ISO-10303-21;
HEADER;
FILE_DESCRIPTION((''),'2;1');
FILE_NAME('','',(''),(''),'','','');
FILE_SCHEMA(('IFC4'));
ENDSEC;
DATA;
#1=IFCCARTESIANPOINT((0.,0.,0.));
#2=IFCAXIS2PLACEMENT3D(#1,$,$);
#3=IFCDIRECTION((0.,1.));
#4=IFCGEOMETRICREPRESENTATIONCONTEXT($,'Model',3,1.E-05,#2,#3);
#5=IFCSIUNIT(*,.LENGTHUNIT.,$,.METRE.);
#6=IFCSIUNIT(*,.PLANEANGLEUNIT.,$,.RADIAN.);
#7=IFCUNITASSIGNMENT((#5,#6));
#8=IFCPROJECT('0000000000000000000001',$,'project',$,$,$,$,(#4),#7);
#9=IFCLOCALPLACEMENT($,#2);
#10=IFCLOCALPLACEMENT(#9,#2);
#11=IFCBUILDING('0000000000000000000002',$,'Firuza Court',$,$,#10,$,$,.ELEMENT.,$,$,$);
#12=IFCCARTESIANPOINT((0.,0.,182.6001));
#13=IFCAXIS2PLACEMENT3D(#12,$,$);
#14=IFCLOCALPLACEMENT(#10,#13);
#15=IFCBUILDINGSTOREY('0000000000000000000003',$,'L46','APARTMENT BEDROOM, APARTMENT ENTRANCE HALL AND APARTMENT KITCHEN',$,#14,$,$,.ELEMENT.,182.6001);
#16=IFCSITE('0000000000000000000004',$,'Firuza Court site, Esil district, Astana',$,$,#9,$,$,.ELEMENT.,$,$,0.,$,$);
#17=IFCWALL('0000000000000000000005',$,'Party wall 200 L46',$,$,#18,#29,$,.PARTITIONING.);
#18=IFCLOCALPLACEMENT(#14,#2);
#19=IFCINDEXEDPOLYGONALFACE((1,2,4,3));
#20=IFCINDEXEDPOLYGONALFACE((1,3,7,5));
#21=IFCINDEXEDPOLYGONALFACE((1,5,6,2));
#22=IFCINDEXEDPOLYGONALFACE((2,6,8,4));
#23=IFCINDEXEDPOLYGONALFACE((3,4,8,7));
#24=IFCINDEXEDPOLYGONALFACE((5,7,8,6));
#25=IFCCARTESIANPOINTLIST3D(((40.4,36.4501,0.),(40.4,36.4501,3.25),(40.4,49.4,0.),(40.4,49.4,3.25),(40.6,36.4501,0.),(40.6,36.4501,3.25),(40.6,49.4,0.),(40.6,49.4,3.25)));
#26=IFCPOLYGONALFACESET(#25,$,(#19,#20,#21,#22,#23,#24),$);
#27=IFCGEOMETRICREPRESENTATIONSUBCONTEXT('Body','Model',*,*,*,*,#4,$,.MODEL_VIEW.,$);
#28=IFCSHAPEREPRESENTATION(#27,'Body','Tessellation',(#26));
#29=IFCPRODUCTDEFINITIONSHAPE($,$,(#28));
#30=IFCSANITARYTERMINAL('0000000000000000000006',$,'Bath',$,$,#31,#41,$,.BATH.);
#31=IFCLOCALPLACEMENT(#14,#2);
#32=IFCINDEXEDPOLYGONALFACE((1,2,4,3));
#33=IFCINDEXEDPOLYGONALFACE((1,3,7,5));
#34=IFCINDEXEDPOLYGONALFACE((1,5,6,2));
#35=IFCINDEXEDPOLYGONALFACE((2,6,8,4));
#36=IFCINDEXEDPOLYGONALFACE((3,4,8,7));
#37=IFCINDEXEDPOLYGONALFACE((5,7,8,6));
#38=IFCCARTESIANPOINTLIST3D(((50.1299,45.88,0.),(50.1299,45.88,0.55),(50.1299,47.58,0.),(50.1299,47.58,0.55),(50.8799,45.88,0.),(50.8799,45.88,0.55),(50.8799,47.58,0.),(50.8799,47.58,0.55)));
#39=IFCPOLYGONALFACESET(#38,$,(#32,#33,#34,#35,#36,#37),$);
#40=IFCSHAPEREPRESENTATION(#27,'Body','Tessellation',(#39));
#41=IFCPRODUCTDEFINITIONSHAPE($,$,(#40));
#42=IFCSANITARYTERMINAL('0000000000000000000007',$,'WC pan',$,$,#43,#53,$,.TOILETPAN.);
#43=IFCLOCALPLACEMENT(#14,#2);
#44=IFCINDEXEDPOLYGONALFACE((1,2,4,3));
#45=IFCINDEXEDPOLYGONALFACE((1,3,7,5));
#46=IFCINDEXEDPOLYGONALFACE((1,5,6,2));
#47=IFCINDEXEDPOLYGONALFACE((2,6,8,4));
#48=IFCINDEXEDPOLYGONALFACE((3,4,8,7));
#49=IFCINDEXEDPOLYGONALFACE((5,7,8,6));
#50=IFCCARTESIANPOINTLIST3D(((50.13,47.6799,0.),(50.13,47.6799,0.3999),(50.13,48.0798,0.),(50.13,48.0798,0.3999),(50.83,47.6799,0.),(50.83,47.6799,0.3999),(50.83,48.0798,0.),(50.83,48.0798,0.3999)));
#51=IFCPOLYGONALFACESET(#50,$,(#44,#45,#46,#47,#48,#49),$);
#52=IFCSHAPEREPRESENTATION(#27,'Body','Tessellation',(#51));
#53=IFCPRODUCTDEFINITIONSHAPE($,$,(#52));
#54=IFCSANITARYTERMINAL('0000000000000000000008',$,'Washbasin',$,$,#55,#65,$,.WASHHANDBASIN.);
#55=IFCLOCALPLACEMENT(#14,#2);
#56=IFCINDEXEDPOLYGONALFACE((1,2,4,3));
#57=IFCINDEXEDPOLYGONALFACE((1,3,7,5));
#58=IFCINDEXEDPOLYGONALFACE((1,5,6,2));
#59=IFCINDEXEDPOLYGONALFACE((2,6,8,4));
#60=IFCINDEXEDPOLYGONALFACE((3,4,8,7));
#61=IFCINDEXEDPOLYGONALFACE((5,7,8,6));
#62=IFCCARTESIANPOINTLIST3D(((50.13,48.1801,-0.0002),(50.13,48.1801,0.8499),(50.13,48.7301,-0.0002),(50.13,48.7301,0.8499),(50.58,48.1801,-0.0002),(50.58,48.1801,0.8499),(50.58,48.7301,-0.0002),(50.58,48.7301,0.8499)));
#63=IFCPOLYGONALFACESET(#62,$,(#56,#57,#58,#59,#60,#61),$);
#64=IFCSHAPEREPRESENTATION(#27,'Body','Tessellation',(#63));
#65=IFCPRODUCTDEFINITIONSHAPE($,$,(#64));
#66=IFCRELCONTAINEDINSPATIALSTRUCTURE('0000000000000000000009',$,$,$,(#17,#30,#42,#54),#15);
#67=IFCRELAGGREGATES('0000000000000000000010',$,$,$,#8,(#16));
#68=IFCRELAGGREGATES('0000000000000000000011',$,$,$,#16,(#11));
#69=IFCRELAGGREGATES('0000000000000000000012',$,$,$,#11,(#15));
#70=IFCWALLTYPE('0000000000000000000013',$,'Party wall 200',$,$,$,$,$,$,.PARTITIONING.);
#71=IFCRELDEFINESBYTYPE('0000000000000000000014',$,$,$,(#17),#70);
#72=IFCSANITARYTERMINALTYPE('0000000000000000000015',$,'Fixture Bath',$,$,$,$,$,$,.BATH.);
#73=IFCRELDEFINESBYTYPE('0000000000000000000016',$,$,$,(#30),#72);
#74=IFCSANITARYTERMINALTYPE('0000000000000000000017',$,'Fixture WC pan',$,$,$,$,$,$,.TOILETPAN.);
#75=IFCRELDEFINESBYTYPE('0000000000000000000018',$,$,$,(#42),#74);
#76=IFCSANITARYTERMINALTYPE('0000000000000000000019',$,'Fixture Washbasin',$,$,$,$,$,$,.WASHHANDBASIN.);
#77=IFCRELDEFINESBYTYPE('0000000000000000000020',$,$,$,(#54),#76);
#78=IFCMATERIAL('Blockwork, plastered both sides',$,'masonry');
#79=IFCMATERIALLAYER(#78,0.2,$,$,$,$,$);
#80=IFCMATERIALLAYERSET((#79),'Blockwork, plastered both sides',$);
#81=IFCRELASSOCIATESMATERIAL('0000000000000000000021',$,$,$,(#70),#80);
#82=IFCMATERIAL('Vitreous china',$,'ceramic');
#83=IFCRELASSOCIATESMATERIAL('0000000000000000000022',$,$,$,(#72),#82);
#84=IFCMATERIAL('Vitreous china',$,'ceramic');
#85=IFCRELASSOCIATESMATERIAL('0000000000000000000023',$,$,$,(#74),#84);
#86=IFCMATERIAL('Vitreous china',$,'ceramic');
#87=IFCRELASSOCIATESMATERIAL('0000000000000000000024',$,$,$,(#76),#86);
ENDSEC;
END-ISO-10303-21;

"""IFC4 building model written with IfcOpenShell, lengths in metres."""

from ifc_helpers import new_model, si_unit, direction, frame, frame_2d, origin, origin_2d, place, context, subcontext, project, spatial, rectangle, extrude, material, layer, layer_set, type_object, element, save


model = new_model("IFC4")

# Units and contexts
model_context = context("Model", 3, precision=1e-05, world=origin(), true_north=direction((0.0, 1.0)))
body_context = subcontext(model_context, "Body", "Model", "MODEL_VIEW")
ifc_project = project(units=[si_unit("LENGTHUNIT", "METRE"), si_unit("PLANEANGLEUNIT", "RADIAN")], contexts=[model_context])

# Site, building, storey
site_placement = place(None, origin())
site = spatial("IfcSite", under=ifc_project, at=site_placement, Name="Firuza Court site, Esil district, Astana", CompositionType="ELEMENT", RefElevation=0.0)
building_placement = place(site_placement, origin())
building = spatial("IfcBuilding", under=site, at=building_placement, Name="Firuza Court", CompositionType="ELEMENT")
storey_placement = place(building_placement, frame((0.0, 0.0, 182.6001)))
storey = spatial("IfcBuildingStorey", under=building, at=storey_placement, Name="L46", Description="APARTMENT BEDROOM, APARTMENT ENTRANCE HALL AND APARTMENT KITCHEN", CompositionType="ELEMENT", Elevation=182.6001)

# Shared definitions
ifc_material_1 = material(Name="Blockwork, plastered both sides", Category="masonry")

# Wall
ifc_layer_1 = layer(ifc_material_1, 0.2)
ifc_layer_set_1 = layer_set([ifc_layer_1], Name="Blockwork, plastered both sides")
wall_type_1 = type_object("IfcWallType", Name="Party wall 200", PredefinedType="PARTITIONING", material=ifc_layer_set_1)
wall_1_placement = place(storey_placement, frame((40.5, 36.45, 0.0), z_axis=(0.0, 0.0, 1.0), x_axis=(0.0, 1.0, 0.0)))
element("IfcWall", 1, at=wall_1_placement, inside=storey, type_object=wall_type_1, Name="Party wall 200 L46", PredefinedType="PARTITIONING", context=body_context, shape_type="SweptSolid", body=[
    extrude(rectangle(XDim=12.95, YDim=0.2, at=frame_2d((6.4751, 0.0))), origin(), (0.0, 0.0, 1.0), 3.25),
])

# Sanitary terminals
ifc_material_2 = material(Name="Vitreous china", Category="ceramic")
sanitary_terminal_type_1 = type_object("IfcSanitaryTerminalType", Name="Fixture Bath", PredefinedType="BATH", material=ifc_material_2)
sanitary_terminal_1_placement = place(storey_placement, frame((50.5049, 46.73, 0.0), z_axis=(0.0, 0.0, 1.0), x_axis=(1.0, 0.0, 0.0)))
element("IfcSanitaryTerminal", 2, at=sanitary_terminal_1_placement, inside=storey, type_object=sanitary_terminal_type_1, Name="Bath", PredefinedType="BATH", context=body_context, shape_type="SweptSolid", body=[
    extrude(rectangle(XDim=0.75, YDim=1.7, at=origin_2d()), origin(), (0.0, 0.0, 1.0), 0.55),
])
ifc_material_3 = material(Name="Vitreous china", Category="ceramic")
sanitary_terminal_type_2 = type_object("IfcSanitaryTerminalType", Name="Fixture WC pan", PredefinedType="TOILETPAN", material=ifc_material_3)
sanitary_terminal_2_placement = place(storey_placement, frame((50.48, 47.8799, 0.0), z_axis=(0.0, 0.0, 1.0), x_axis=(1.0, 0.0, 0.0)))
element("IfcSanitaryTerminal", 3, at=sanitary_terminal_2_placement, inside=storey, type_object=sanitary_terminal_type_2, Name="WC pan", PredefinedType="TOILETPAN", context=body_context, shape_type="SweptSolid", body=[
    extrude(rectangle(XDim=0.7, YDim=0.3999, at=origin_2d()), origin(), (0.0, 0.0, 1.0), 0.3999),
])
ifc_material_4 = material(Name="Vitreous china", Category="ceramic")
sanitary_terminal_type_3 = type_object("IfcSanitaryTerminalType", Name="Fixture Washbasin", PredefinedType="WASHHANDBASIN", material=ifc_material_4)
sanitary_terminal_3_placement = place(storey_placement, frame((50.355, 48.4551, -0.0002), z_axis=(0.0, 0.0, 1.0), x_axis=(1.0, 0.0, 0.0)))
element("IfcSanitaryTerminal", 4, at=sanitary_terminal_3_placement, inside=storey, type_object=sanitary_terminal_type_3, Name="Washbasin", PredefinedType="WASHHANDBASIN", context=body_context, shape_type="SweptSolid", body=[
    extrude(rectangle(XDim=0.45, YDim=0.55, at=origin_2d()), origin(), (0.0, 0.0, 1.0), 0.8501),
])

save(model, "model.ifc")
